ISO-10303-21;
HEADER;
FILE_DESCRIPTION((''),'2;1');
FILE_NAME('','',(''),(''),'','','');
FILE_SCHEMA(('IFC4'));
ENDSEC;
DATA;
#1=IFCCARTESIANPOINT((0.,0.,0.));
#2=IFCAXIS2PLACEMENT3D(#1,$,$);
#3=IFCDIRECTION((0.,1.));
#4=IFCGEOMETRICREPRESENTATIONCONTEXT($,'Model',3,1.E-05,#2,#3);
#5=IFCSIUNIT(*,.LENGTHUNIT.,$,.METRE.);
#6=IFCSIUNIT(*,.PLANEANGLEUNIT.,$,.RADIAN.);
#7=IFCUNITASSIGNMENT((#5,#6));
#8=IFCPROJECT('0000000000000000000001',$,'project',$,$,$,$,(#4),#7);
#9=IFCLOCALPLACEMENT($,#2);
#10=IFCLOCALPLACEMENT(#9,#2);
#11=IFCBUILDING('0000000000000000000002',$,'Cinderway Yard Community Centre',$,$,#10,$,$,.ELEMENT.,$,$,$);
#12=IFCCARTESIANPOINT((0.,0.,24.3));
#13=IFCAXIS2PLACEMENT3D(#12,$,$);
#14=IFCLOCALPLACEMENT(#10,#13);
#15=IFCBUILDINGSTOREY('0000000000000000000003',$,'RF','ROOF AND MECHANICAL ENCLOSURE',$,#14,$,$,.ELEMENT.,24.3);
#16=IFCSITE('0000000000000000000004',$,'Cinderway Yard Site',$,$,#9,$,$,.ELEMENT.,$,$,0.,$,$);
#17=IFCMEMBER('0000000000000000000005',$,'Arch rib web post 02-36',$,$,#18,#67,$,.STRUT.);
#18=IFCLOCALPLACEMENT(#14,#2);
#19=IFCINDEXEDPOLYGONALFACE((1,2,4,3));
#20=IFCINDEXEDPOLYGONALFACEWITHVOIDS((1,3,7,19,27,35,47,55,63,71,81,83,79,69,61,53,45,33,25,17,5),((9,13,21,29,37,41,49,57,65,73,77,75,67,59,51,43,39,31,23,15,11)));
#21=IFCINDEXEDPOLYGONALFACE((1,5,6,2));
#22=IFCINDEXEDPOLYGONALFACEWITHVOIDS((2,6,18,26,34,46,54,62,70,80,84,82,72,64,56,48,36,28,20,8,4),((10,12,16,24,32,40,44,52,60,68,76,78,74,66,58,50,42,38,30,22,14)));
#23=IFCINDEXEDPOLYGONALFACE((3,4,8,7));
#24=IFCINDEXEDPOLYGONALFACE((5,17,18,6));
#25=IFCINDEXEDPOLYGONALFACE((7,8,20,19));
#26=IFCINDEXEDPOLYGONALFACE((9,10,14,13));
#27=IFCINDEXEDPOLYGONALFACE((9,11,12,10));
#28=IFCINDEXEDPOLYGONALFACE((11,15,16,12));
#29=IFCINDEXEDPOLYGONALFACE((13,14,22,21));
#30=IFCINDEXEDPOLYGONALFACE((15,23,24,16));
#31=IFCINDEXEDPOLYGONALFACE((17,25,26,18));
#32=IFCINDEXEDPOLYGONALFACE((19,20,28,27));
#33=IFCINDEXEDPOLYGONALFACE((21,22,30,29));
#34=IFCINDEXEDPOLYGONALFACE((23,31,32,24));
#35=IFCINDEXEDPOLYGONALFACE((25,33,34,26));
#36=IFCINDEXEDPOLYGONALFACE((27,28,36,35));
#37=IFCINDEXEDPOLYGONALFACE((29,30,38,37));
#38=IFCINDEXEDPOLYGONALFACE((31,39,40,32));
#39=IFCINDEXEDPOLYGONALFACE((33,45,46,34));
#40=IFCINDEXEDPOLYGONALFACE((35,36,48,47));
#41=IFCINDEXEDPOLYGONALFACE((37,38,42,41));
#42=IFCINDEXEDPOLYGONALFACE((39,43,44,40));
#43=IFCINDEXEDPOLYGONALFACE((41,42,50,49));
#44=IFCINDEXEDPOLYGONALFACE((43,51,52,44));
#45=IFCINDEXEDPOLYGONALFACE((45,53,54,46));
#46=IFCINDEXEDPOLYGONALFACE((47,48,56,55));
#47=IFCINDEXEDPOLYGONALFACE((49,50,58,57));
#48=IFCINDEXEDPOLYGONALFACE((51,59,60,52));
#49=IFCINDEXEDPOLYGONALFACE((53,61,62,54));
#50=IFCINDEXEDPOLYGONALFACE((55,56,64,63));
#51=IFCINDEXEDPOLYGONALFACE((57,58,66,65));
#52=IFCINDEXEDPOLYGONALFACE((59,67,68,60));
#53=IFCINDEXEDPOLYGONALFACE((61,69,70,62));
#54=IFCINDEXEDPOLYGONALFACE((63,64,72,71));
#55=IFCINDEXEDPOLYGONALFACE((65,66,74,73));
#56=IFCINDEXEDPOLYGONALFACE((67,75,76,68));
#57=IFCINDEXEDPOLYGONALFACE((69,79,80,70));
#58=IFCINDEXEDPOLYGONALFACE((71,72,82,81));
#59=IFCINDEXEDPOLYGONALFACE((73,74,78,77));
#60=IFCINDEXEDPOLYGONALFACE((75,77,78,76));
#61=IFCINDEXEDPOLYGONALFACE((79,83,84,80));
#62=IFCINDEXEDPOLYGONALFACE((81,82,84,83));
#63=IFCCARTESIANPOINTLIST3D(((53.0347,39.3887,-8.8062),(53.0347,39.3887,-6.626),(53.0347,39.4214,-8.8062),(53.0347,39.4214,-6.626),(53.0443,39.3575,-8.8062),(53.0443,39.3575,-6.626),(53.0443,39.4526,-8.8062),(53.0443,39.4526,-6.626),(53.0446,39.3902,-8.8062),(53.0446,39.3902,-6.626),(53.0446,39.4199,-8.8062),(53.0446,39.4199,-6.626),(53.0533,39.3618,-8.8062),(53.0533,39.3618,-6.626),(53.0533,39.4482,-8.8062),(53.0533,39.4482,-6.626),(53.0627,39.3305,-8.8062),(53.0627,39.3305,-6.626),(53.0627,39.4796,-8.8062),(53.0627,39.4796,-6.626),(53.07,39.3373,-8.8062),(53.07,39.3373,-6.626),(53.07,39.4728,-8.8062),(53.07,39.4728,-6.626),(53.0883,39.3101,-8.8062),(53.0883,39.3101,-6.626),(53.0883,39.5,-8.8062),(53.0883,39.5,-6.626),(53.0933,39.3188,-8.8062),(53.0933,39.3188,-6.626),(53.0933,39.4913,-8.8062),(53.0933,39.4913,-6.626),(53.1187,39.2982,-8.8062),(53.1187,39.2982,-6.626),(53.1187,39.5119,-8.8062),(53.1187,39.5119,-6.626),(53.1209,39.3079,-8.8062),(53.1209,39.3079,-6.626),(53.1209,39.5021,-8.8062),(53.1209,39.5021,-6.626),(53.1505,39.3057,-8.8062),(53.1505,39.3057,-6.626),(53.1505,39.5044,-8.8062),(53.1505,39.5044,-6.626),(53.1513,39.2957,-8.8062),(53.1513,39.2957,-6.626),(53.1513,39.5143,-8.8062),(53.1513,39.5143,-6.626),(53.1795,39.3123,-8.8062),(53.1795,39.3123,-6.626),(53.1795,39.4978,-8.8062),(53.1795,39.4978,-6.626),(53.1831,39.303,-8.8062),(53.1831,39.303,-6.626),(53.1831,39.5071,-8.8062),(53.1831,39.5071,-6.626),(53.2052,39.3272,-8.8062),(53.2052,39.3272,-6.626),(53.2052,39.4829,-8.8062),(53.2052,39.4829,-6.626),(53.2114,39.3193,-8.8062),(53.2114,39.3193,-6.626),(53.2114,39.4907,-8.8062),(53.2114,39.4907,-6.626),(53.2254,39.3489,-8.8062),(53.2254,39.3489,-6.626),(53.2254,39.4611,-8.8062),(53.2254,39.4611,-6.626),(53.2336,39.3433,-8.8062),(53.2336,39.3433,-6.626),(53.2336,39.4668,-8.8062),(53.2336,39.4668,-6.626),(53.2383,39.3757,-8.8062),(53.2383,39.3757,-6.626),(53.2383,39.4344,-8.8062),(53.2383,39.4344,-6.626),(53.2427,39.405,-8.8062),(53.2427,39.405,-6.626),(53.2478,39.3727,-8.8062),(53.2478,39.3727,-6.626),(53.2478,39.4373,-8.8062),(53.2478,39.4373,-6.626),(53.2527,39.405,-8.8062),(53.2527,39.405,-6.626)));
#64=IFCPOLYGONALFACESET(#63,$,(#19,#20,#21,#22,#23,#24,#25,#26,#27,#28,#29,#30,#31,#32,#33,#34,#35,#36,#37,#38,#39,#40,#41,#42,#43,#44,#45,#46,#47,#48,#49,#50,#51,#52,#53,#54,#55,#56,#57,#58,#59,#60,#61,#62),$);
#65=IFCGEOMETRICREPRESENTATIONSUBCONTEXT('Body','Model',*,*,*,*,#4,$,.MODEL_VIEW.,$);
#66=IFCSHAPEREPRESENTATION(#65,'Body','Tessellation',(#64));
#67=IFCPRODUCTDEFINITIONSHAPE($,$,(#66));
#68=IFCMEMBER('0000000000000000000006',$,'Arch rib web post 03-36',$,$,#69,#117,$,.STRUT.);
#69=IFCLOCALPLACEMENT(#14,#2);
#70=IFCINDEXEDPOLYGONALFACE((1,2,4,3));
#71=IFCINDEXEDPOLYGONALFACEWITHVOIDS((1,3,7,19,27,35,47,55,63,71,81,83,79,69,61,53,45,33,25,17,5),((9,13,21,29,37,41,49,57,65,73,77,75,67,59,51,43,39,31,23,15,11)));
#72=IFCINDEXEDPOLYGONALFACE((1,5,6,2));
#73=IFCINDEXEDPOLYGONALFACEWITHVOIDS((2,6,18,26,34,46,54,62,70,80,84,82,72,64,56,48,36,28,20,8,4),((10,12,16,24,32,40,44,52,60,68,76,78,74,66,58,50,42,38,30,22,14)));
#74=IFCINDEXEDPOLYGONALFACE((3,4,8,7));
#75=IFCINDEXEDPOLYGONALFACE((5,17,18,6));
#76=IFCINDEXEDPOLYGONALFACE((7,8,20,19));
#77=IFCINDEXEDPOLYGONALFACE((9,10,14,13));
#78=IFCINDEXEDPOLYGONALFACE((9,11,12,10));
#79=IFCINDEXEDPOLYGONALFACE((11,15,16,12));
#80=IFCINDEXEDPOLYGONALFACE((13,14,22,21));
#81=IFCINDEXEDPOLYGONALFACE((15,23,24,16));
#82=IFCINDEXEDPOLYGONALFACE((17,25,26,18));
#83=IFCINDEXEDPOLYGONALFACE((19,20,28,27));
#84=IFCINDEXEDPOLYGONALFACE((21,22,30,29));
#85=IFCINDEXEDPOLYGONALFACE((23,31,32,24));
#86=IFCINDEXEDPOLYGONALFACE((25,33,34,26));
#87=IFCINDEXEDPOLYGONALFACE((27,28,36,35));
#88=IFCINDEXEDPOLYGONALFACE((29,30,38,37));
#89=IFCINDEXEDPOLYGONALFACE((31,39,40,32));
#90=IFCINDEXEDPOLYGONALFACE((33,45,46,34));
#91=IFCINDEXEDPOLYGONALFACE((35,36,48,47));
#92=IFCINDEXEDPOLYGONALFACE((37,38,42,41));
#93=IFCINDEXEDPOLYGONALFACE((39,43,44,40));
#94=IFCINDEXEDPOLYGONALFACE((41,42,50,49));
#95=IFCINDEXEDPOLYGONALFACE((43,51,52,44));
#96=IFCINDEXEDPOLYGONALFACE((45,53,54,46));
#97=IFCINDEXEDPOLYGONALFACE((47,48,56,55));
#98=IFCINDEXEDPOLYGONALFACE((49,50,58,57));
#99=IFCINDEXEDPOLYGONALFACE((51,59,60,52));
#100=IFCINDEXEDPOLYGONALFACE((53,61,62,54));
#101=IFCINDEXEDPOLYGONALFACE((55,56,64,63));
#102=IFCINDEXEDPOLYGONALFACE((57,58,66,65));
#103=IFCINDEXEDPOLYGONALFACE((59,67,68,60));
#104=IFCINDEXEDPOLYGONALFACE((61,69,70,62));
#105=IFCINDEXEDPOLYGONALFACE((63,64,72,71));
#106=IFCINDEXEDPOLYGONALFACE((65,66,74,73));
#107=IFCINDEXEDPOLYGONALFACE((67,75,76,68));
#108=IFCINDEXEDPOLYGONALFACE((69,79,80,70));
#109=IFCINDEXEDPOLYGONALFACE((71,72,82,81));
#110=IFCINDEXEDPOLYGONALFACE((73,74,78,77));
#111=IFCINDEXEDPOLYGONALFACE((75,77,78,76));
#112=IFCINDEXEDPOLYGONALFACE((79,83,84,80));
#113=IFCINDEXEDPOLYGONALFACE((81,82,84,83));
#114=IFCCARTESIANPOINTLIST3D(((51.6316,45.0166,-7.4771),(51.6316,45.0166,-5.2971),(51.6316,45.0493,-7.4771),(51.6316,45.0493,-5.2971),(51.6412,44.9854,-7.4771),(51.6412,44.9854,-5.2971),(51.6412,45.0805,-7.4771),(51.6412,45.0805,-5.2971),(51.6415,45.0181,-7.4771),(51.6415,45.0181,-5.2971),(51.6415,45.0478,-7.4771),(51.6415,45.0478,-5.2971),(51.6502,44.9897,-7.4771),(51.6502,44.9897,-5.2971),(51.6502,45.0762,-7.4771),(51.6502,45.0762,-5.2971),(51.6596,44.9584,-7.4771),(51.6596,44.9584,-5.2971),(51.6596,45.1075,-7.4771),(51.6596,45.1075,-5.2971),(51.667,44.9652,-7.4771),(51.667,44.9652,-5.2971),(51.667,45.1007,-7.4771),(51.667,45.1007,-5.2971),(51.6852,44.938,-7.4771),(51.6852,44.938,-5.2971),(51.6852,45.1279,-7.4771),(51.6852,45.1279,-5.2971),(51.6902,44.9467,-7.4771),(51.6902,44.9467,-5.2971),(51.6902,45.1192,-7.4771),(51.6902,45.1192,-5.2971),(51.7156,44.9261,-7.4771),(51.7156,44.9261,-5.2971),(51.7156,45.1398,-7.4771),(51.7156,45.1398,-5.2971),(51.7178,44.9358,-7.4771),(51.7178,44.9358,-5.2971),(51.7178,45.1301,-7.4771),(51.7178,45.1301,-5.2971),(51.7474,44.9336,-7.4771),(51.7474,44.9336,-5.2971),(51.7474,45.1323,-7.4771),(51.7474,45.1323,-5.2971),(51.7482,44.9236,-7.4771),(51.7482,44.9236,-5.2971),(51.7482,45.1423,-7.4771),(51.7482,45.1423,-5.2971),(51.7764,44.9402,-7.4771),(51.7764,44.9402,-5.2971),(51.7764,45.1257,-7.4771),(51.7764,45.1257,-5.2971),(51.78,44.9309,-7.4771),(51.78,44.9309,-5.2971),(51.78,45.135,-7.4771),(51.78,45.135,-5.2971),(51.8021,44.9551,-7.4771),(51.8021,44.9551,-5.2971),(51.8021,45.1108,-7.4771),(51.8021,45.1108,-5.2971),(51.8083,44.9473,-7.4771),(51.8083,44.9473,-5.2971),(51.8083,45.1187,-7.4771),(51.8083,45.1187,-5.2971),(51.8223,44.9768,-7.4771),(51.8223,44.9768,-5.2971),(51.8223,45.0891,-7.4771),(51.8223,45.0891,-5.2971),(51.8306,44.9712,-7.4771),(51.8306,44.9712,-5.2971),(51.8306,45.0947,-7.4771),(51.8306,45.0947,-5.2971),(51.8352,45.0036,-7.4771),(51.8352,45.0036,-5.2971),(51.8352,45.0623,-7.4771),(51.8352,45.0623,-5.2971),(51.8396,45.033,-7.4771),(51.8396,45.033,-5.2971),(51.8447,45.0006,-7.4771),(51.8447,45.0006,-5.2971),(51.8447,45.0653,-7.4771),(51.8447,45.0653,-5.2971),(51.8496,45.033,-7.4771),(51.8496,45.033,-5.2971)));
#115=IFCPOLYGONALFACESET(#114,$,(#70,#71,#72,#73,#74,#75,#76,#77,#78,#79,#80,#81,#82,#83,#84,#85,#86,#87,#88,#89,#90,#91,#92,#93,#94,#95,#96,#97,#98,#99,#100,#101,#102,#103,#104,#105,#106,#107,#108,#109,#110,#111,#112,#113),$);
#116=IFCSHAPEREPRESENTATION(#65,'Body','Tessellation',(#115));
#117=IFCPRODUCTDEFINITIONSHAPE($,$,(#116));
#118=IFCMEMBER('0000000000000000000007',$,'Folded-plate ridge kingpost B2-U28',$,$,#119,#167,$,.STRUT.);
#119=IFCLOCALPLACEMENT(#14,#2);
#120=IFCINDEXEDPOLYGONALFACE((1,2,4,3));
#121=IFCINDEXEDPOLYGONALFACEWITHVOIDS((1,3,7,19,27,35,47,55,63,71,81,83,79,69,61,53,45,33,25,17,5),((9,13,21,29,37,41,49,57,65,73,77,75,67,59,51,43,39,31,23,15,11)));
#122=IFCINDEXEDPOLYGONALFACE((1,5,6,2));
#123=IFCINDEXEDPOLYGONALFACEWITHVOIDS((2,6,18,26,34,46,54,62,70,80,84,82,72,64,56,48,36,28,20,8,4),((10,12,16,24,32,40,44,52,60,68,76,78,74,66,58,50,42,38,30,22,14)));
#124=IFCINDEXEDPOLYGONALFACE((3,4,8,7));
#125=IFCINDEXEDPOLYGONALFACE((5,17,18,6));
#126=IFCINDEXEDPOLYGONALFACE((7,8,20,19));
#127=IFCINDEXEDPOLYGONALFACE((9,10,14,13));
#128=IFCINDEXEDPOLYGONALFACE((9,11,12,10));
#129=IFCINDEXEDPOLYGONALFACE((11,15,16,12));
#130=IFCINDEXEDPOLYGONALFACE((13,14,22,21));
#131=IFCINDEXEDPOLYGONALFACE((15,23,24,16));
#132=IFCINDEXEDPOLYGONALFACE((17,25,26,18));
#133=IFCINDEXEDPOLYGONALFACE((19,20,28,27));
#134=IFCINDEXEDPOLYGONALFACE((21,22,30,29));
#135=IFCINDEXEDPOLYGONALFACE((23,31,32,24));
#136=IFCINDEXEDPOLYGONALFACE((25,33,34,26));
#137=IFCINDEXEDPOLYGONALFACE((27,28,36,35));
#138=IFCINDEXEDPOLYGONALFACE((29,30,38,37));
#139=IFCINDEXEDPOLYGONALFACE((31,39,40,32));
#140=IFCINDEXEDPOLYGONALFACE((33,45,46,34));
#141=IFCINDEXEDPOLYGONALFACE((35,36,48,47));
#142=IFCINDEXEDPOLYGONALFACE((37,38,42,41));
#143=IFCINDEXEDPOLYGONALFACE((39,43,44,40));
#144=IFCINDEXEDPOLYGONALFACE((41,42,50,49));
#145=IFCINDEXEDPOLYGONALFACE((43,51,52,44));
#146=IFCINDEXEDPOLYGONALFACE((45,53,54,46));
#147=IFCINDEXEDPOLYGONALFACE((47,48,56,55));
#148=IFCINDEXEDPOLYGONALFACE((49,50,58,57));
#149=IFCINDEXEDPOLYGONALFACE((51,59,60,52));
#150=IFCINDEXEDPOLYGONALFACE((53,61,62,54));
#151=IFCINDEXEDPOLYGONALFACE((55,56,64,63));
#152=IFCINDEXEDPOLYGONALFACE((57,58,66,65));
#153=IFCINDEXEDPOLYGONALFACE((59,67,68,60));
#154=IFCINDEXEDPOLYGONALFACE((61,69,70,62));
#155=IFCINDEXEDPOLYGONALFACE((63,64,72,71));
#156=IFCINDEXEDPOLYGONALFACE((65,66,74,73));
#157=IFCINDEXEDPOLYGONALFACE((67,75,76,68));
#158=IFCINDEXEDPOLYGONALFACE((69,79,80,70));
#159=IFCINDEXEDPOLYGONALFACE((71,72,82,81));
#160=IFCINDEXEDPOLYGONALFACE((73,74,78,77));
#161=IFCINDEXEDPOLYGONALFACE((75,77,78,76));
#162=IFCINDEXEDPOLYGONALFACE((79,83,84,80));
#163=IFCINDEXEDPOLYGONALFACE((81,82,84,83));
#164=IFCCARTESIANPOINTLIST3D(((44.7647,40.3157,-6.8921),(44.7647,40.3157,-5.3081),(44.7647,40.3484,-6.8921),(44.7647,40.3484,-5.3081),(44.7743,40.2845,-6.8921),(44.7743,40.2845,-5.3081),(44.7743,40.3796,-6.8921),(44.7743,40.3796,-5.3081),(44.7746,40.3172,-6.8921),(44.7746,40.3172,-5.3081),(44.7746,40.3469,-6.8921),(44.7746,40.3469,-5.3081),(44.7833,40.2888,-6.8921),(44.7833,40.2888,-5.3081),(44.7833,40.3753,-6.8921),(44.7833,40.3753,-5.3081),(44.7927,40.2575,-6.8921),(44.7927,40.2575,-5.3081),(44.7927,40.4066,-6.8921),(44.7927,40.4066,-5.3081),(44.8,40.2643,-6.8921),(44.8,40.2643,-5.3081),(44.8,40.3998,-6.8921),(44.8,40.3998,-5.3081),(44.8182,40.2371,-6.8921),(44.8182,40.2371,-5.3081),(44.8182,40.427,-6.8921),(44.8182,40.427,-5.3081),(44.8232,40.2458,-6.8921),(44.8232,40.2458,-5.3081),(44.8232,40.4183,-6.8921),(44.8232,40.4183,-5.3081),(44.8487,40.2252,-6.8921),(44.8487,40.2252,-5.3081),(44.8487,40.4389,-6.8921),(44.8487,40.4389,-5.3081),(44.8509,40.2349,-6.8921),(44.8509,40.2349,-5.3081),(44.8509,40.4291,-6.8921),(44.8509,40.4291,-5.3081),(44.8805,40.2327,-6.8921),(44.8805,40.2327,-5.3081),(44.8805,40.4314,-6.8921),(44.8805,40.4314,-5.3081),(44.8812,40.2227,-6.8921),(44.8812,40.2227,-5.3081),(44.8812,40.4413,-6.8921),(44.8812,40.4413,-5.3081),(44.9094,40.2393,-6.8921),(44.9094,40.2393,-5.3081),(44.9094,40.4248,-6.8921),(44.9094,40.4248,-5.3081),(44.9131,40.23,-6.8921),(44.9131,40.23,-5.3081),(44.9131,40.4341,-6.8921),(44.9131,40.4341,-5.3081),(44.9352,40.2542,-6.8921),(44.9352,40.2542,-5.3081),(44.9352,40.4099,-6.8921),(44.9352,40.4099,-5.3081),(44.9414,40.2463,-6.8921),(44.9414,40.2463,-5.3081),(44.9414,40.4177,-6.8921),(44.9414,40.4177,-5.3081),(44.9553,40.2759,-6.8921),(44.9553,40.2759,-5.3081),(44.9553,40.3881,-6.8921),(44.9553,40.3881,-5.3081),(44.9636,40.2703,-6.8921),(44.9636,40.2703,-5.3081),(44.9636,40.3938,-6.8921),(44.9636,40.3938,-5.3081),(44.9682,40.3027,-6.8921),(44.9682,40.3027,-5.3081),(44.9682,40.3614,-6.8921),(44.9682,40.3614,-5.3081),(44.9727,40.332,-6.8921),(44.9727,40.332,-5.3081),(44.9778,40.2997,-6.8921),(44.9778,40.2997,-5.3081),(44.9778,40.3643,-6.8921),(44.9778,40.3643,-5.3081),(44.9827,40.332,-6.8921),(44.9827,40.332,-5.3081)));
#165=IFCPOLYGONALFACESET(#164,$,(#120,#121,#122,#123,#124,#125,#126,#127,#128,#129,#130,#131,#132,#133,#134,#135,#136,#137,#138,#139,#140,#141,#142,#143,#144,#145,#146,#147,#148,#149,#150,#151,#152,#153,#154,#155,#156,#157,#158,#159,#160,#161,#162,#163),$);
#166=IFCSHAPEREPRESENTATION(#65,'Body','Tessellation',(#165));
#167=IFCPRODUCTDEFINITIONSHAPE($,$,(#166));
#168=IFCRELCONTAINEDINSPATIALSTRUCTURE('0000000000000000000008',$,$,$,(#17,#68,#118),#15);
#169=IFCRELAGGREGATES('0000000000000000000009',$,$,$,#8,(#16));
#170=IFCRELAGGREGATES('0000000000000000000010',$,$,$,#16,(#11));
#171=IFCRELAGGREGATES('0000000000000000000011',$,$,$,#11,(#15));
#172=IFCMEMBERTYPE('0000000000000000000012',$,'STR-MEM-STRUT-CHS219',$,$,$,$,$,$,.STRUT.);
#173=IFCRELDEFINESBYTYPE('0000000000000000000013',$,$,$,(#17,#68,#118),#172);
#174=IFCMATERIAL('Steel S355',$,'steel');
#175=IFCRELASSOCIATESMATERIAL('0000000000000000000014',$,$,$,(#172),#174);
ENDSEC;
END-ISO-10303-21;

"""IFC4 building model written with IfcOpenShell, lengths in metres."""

from ifc_helpers import new_model, si_unit, direction, frame, origin, origin_2d, place, context, subcontext, project, spatial, hollow_circle, extrude, material, material_profile, profile_set, type_object, element, save


model = new_model("IFC4")

# Units and contexts
model_context = context("Model", 3, precision=1e-05, world=origin(), true_north=direction((0.0, 1.0)))
body_context = subcontext(model_context, "Body", "Model", "MODEL_VIEW")
ifc_project = project(units=[si_unit("LENGTHUNIT", "METRE"), si_unit("PLANEANGLEUNIT", "RADIAN")], contexts=[model_context])

# Site, building, storey
site_placement = place(None, origin())
site = spatial("IfcSite", under=ifc_project, at=site_placement, Name="Cinderway Yard Site", CompositionType="ELEMENT", RefElevation=0.0)
building_placement = place(site_placement, origin())
building = spatial("IfcBuilding", under=site, at=building_placement, Name="Cinderway Yard Community Centre", CompositionType="ELEMENT")
storey_placement = place(building_placement, frame((0.0, 0.0, 24.3)))
storey = spatial("IfcBuildingStorey", under=building, at=storey_placement, Name="RF", Description="ROOF AND MECHANICAL ENCLOSURE", CompositionType="ELEMENT", Elevation=24.3)

# Shared definitions
ifc_material_1 = material(Name="Steel S355", Category="steel")

# Members
ifc_material_profile_1 = material_profile(ifc_material_1, hollow_circle(Radius=0.1096, WallThickness=0.01, at=origin_2d()), Name="Steel S355")
ifc_profile_set_1 = profile_set([ifc_material_profile_1], Name="Steel S355")
member_type_1 = type_object("IfcMemberType", Name="STR-MEM-STRUT-CHS219", PredefinedType="STRUT", material=ifc_profile_set_1)
member_1_placement = place(storey_placement, frame((53.1431, 39.405, -8.8062), z_axis=(0.0, 0.0, 1.0), x_axis=(1.0, 0.0, 0.0)))
element("IfcMember", 1, at=member_1_placement, inside=storey, type_object=member_type_1, Name="Arch rib web post 02-36", PredefinedType="STRUT", context=body_context, shape_type="SweptSolid", body=[
    extrude(hollow_circle(Radius=0.1096, WallThickness=0.01, at=origin_2d()), origin(), (0.0, 0.0, 1.0), 2.1802),
])
member_2_placement = place(storey_placement, frame((51.74, 45.033, -7.4771), z_axis=(0.0, 0.0, 1.0), x_axis=(1.0, 0.0, 0.0)))
element("IfcMember", 2, at=member_2_placement, inside=storey, type_object=member_type_1, Name="Arch rib web post 03-36", PredefinedType="STRUT", context=body_context, shape_type="SweptSolid", body=[
    extrude(hollow_circle(Radius=0.1096, WallThickness=0.01, at=origin_2d()), origin(), (0.0, 0.0, 1.0), 2.1799),
])
for number, where, z_axis, x_axis, name in (
    (3, (44.873, 40.332, -6.8921), (0.0, 0.0, 1.0), (1.0, 0.0, 0.0), "Folded-plate ridge kingpost B2-U28"),
):
    element("IfcMember", number, at=place(storey_placement, frame(where, z_axis=z_axis, x_axis=x_axis)), inside=storey, type_object=member_type_1, Name=name, PredefinedType="STRUT", context=body_context, shape_type="SweptSolid", body=[
        extrude(hollow_circle(Radius=0.1096, WallThickness=0.01, at=origin_2d()), origin(), (0.0, 0.0, 1.0), 1.584),
    ])

save(model, "model.ifc")
